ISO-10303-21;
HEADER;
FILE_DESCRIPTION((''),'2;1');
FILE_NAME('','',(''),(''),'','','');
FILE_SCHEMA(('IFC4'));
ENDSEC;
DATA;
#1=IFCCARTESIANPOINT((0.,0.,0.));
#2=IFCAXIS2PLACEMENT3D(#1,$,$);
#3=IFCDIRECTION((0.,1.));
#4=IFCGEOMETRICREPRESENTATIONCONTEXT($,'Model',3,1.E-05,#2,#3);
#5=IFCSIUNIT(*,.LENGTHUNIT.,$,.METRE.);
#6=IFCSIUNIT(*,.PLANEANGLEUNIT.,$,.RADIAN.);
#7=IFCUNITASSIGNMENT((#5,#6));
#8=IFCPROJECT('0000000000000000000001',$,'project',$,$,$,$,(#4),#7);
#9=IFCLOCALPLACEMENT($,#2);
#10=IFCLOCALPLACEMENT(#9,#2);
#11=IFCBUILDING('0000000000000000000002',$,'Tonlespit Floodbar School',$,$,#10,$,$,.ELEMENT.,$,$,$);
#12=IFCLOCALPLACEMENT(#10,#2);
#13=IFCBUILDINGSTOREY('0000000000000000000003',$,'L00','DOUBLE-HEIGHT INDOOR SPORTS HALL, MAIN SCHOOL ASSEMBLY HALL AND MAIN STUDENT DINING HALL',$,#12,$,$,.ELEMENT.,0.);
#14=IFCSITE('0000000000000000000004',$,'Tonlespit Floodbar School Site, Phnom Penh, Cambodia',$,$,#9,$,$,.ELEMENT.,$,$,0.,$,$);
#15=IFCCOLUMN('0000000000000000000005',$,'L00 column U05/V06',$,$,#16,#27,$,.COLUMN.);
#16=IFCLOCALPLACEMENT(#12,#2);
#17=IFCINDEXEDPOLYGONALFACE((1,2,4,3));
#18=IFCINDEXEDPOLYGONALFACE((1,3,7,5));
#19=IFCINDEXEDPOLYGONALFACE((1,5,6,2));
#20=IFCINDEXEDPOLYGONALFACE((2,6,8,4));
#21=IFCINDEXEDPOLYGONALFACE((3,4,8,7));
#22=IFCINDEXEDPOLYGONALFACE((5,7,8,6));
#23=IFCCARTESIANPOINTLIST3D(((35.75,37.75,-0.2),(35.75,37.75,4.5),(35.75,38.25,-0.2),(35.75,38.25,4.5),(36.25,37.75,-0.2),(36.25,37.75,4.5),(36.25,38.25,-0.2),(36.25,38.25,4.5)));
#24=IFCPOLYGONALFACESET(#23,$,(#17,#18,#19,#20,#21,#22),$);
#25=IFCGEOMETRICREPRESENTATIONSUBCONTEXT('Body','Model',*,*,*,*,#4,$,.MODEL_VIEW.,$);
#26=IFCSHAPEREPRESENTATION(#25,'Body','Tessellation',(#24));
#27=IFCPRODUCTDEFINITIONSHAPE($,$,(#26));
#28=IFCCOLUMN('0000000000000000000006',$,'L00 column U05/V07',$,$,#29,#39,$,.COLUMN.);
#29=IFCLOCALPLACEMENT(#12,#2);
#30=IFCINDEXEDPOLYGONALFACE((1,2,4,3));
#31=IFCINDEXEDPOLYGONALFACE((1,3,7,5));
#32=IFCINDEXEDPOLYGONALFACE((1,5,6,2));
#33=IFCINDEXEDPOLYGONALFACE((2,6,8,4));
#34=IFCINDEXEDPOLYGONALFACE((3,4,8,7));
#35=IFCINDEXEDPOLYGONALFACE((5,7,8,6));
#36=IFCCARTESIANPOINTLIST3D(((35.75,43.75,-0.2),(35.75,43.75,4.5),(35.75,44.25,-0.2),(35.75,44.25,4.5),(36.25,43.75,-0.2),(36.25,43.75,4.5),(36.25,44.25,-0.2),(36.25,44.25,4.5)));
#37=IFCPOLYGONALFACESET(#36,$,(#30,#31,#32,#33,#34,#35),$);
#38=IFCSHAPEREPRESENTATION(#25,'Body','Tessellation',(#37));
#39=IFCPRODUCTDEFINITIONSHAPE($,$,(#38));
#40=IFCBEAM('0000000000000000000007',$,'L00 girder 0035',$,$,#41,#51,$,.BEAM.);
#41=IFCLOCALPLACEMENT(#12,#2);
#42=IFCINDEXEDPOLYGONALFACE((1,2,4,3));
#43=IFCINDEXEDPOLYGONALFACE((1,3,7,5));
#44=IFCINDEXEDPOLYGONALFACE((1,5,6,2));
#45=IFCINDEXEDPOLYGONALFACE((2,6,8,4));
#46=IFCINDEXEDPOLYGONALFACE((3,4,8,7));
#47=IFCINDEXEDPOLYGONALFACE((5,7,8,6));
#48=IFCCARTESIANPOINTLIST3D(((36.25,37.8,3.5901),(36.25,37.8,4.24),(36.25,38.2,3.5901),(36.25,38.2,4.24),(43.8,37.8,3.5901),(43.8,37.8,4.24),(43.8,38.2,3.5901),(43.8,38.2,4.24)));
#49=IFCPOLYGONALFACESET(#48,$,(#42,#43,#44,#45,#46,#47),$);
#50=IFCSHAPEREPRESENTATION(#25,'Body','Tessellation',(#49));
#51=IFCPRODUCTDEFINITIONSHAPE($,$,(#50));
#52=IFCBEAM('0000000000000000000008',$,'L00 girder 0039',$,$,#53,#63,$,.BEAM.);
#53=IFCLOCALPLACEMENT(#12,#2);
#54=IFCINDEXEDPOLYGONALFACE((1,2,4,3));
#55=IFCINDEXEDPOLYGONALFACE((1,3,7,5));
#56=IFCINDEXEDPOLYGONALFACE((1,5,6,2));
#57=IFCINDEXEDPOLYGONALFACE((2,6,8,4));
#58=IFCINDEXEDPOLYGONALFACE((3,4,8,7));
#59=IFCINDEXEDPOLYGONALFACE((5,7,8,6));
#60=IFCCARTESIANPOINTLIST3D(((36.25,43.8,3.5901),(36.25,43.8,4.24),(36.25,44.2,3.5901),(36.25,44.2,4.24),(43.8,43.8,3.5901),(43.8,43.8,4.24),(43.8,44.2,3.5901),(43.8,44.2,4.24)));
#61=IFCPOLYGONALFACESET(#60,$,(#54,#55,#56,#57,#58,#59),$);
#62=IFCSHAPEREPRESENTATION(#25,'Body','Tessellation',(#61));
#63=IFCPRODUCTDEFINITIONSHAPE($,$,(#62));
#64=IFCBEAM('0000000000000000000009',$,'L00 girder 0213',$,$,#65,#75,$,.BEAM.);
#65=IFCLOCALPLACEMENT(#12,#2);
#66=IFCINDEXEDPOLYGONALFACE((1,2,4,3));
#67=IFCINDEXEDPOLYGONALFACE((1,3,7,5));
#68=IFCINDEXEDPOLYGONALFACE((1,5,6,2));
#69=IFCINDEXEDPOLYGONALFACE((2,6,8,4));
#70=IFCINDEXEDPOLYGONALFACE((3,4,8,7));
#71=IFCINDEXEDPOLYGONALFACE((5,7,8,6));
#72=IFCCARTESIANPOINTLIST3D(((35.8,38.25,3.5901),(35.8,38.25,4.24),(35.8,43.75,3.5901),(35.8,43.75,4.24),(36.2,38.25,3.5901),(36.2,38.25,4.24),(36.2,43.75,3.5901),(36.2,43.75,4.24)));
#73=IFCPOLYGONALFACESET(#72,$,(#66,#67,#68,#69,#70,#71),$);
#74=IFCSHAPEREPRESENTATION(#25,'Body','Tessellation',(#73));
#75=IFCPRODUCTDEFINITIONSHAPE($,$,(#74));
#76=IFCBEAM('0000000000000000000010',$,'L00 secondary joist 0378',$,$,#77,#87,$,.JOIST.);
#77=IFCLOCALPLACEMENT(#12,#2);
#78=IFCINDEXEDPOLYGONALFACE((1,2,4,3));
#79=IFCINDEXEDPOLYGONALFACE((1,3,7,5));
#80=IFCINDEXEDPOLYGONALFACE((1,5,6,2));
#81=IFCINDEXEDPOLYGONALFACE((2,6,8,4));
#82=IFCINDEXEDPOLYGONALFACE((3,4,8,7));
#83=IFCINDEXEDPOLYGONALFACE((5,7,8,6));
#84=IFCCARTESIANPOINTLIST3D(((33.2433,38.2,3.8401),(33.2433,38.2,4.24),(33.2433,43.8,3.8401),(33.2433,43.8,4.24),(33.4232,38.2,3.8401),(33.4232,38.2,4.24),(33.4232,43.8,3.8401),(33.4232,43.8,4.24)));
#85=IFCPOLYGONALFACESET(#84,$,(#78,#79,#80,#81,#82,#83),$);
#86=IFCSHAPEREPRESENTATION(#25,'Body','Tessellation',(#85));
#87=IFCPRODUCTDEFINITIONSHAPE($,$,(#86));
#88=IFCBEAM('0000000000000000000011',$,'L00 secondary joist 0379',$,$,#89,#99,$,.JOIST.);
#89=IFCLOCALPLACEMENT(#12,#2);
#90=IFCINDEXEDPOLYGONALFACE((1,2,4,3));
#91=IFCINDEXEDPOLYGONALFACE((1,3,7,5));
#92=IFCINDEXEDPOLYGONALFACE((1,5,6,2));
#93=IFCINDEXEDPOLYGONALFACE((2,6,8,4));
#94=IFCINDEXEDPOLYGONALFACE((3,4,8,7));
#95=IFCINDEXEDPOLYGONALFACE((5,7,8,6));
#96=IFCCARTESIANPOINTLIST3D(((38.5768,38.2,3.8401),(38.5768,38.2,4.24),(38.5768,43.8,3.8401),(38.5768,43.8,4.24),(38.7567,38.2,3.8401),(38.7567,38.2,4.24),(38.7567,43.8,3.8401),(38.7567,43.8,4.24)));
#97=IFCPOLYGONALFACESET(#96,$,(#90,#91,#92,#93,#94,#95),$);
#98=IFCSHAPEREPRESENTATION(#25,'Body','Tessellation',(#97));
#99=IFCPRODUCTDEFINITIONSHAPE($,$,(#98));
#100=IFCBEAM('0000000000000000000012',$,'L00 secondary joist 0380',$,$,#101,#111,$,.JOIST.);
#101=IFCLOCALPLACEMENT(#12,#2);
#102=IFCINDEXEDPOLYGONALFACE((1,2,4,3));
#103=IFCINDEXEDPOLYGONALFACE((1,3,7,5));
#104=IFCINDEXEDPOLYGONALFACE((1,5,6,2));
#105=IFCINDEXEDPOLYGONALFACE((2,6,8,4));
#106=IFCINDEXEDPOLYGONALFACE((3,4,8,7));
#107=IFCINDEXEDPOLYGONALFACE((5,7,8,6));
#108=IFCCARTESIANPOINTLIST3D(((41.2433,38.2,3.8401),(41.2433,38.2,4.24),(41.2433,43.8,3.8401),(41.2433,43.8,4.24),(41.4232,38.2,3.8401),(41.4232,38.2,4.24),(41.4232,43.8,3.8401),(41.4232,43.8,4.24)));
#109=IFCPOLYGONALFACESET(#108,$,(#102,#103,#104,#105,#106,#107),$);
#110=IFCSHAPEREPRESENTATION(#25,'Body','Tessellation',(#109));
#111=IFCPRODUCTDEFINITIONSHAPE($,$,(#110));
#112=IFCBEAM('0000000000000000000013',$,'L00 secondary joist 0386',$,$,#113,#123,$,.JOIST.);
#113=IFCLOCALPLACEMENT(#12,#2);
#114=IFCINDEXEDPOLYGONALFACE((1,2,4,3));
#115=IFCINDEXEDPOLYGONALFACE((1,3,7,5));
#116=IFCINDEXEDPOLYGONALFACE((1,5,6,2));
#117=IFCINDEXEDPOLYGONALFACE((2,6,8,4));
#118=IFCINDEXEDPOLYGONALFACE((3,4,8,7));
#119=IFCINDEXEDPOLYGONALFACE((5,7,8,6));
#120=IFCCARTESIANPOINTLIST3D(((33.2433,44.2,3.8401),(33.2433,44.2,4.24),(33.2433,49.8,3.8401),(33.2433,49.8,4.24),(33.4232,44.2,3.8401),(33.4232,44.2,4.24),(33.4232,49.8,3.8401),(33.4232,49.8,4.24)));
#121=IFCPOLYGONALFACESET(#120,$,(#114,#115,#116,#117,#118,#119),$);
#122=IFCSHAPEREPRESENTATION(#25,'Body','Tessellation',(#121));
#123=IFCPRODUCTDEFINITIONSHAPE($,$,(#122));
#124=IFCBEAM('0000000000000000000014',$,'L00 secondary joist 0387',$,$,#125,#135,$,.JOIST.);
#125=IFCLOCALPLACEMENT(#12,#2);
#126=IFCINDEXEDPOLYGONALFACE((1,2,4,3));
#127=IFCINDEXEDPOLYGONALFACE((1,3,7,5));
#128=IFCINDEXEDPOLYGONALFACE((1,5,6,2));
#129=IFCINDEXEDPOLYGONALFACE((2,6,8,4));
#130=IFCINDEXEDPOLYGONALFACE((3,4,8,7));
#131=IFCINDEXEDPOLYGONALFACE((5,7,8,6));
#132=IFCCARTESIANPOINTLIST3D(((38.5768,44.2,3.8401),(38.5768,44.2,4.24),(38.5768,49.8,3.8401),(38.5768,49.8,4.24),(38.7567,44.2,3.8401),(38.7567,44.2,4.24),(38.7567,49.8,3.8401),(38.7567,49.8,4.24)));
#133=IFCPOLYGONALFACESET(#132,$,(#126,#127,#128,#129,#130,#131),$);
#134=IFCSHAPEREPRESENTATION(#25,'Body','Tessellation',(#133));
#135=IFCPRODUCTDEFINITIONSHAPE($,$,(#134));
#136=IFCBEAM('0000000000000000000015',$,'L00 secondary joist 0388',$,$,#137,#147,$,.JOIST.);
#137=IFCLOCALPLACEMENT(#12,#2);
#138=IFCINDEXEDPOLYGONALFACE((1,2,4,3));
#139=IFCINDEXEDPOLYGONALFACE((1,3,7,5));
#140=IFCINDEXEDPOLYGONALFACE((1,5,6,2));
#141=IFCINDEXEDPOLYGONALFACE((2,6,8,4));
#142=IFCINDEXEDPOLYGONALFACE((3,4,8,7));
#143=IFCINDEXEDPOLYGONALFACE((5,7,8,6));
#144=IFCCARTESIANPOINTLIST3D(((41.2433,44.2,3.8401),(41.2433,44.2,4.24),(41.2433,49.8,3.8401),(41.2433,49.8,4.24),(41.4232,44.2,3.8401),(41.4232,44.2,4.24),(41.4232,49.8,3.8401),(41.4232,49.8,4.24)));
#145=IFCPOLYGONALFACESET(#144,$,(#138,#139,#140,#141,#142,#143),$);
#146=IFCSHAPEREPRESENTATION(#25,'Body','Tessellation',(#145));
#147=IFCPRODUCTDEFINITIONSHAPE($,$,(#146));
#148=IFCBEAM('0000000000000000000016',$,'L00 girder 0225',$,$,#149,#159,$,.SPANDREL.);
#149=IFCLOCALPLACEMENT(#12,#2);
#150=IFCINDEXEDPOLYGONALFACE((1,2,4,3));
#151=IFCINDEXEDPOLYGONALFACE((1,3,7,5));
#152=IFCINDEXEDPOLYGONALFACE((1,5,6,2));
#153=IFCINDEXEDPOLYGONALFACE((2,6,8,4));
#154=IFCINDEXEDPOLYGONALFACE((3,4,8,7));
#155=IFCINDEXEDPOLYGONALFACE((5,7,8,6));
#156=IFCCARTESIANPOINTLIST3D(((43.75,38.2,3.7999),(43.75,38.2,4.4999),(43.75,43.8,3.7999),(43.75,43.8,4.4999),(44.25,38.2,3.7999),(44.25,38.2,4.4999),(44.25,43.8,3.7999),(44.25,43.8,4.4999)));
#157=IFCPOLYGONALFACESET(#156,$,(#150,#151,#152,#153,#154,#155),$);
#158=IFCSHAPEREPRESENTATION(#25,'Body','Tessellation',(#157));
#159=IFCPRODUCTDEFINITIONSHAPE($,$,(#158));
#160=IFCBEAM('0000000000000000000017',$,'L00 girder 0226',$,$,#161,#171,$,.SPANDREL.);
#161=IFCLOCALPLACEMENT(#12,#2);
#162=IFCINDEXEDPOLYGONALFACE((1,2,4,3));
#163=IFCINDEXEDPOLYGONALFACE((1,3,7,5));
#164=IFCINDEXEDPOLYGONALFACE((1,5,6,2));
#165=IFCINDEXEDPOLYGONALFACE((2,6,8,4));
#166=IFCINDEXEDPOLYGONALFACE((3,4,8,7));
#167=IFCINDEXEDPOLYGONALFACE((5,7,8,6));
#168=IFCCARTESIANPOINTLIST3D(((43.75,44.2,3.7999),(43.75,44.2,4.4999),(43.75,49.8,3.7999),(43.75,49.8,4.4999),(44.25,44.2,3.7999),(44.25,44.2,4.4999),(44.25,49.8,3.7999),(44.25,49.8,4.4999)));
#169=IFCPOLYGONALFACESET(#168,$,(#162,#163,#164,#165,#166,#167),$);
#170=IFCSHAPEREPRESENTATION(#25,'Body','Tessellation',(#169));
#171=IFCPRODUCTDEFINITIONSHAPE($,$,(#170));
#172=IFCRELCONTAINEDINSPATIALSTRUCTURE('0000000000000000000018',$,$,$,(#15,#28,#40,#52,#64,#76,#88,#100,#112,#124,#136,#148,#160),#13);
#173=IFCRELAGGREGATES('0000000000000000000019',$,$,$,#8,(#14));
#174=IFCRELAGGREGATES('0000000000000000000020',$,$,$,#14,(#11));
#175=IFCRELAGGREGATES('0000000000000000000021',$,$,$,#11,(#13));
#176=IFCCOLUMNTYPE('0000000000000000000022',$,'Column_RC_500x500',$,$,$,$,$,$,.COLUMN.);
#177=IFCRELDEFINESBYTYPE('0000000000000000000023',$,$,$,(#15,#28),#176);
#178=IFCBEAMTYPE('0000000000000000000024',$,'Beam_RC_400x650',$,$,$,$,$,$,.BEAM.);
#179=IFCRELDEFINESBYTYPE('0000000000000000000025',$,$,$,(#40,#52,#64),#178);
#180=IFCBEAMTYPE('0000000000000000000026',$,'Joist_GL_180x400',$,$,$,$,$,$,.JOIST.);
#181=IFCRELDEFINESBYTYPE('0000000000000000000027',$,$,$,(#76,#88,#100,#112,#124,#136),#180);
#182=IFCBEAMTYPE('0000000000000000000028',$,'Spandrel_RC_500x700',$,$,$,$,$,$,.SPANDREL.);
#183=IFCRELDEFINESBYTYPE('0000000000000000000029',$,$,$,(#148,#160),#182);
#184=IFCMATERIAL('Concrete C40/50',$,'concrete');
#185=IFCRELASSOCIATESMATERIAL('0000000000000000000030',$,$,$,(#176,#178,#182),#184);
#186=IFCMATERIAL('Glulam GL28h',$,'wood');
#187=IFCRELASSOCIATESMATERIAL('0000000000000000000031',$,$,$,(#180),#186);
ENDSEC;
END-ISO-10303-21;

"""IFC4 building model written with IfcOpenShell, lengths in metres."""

from ifc_helpers import new_model, si_unit, direction, frame, origin, origin_2d, place, context, subcontext, project, spatial, rectangle, extrude, material, material_profile, profile_set, type_object, element, save


model = new_model("IFC4")

# Units and contexts
model_context = context("Model", 3, precision=1e-05, world=origin(), true_north=direction((0.0, 1.0)))
body_context = subcontext(model_context, "Body", "Model", "MODEL_VIEW")
ifc_project = project(units=[si_unit("LENGTHUNIT", "METRE"), si_unit("PLANEANGLEUNIT", "RADIAN")], contexts=[model_context])

# Site, building, storey
site_placement = place(None, origin())
site = spatial("IfcSite", under=ifc_project, at=site_placement, Name="Tonlespit Floodbar School Site, Phnom Penh, Cambodia", CompositionType="ELEMENT", RefElevation=0.0)
building_placement = place(site_placement, origin())
building = spatial("IfcBuilding", under=site, at=building_placement, Name="Tonlespit Floodbar School", CompositionType="ELEMENT")
storey_placement = place(building_placement, origin())
storey = spatial("IfcBuildingStorey", under=building, at=storey_placement, Name="L00", Description="DOUBLE-HEIGHT INDOOR SPORTS HALL, MAIN SCHOOL ASSEMBLY HALL AND MAIN STUDENT DINING HALL", CompositionType="ELEMENT", Elevation=0.0)

# Shared definitions
ifc_material_1 = material(Name="Concrete C40/50", Category="concrete")

# Columns
ifc_material_profile_1 = material_profile(ifc_material_1, rectangle(XDim=0.5, YDim=0.5, at=origin_2d()), Name="RC 500x500")
ifc_profile_set_1 = profile_set([ifc_material_profile_1], Name="Concrete C40/50")
column_type_1 = type_object("IfcColumnType", Name="Column_RC_500x500", PredefinedType="COLUMN", material=ifc_profile_set_1)
for number, where, z_axis, x_axis, name in (
    (1, (36.0, 38.0, -0.2), (0.0, 0.0, 1.0), (1.0, 0.0, 0.0), "L00 column U05/V06"),
    (2, (36.0, 44.0, -0.2), (0.0, 0.0, 1.0), (1.0, 0.0, 0.0), "L00 column U05/V07"),
):
    element("IfcColumn", number, at=place(storey_placement, frame(where, z_axis=z_axis, x_axis=x_axis)), inside=storey, type_object=column_type_1, Name=name, PredefinedType="COLUMN", context=body_context, shape_type="SweptSolid", body=[
        extrude(rectangle(XDim=0.5, YDim=0.5, at=origin_2d()), origin(), (0.0, 0.0, 1.0), 4.7),
    ])

# Beams
ifc_material_profile_2 = material_profile(ifc_material_1, rectangle(XDim=0.3999, YDim=0.6499, at=origin_2d()), Name="RC 400x650")
ifc_profile_set_2 = profile_set([ifc_material_profile_2], Name="Concrete C40/50")
beam_type_1 = type_object("IfcBeamType", Name="Beam_RC_400x650", PredefinedType="BEAM", material=ifc_profile_set_2)
for number, where, z_axis, x_axis, name in (
    (3, (36.25, 38.0, 3.915), (1.0, 0.0, 0.0), (0.0, 1.0, 0.0), "L00 girder 0035"),
    (4, (36.25, 44.0, 3.915), (1.0, 0.0, 0.0), (0.0, 1.0, 0.0), "L00 girder 0039"),
):
    element("IfcBeam", number, at=place(storey_placement, frame(where, z_axis=z_axis, x_axis=x_axis)), inside=storey, type_object=beam_type_1, Name=name, PredefinedType="BEAM", context=body_context, shape_type="SweptSolid", body=[
        extrude(rectangle(XDim=0.3999, YDim=0.6499, at=origin_2d()), origin(), (0.0, 0.0, 1.0), 7.55),
    ])
beam_placement = place(storey_placement, frame((36.0, 38.25, 3.915), z_axis=(0.0, 1.0, 0.0), x_axis=(-1.0, 0.0, 0.0)))
element("IfcBeam", 5, at=beam_placement, inside=storey, type_object=beam_type_1, Name="L00 girder 0213", PredefinedType="BEAM", context=body_context, shape_type="SweptSolid", body=[
    extrude(rectangle(XDim=0.3999, YDim=0.6499, at=origin_2d()), origin(), (0.0, 0.0, 1.0), 5.5),
])
ifc_material_2 = material(Name="Glulam GL28h", Category="wood")
ifc_material_profile_3 = material_profile(ifc_material_2, rectangle(XDim=0.1799, YDim=0.3999, at=origin_2d()), Name="GL 180x400")
ifc_profile_set_3 = profile_set([ifc_material_profile_3], Name="Glulam GL28h")
beam_type_2 = type_object("IfcBeamType", Name="Joist_GL_180x400", PredefinedType="JOIST", material=ifc_profile_set_3)
for number, where, z_axis, x_axis, name in (
    (6, (33.3333, 38.2, 4.04), (0.0, 1.0, 0.0), (-1.0, 0.0, 0.0), "L00 secondary joist 0378"),
    (7, (38.6667, 38.2, 4.04), (0.0, 1.0, 0.0), (-1.0, 0.0, 0.0), "L00 secondary joist 0379"),
    (8, (41.3333, 38.2, 4.04), (0.0, 1.0, 0.0), (-1.0, 0.0, 0.0), "L00 secondary joist 0380"),
    (9, (33.3333, 44.2, 4.04), (0.0, 1.0, 0.0), (-1.0, 0.0, 0.0), "L00 secondary joist 0386"),
    (10, (38.6667, 44.2, 4.04), (0.0, 1.0, 0.0), (-1.0, 0.0, 0.0), "L00 secondary joist 0387"),
    (11, (41.3333, 44.2, 4.04), (0.0, 1.0, 0.0), (-1.0, 0.0, 0.0), "L00 secondary joist 0388"),
):
    element("IfcBeam", number, at=place(storey_placement, frame(where, z_axis=z_axis, x_axis=x_axis)), inside=storey, type_object=beam_type_2, Name=name, PredefinedType="JOIST", context=body_context, shape_type="SweptSolid", body=[
        extrude(rectangle(XDim=0.1799, YDim=0.3999, at=origin_2d()), origin(), (0.0, 0.0, 1.0), 5.6001),
    ])
ifc_material_profile_4 = material_profile(ifc_material_1, rectangle(XDim=0.5, YDim=0.7, at=origin_2d()), Name="RC 500x700")
ifc_profile_set_4 = profile_set([ifc_material_profile_4], Name="Concrete C40/50")
beam_type_3 = type_object("IfcBeamType", Name="Spandrel_RC_500x700", PredefinedType="SPANDREL", material=ifc_profile_set_4)
for number, where, z_axis, x_axis, name in (
    (12, (44.0, 38.2, 4.1499), (0.0, 1.0, 0.0), (-1.0, 0.0, 0.0), "L00 girder 0225"),
    (13, (44.0, 44.2, 4.1499), (0.0, 1.0, 0.0), (-1.0, 0.0, 0.0), "L00 girder 0226"),
):
    element("IfcBeam", number, at=place(storey_placement, frame(where, z_axis=z_axis, x_axis=x_axis)), inside=storey, type_object=beam_type_3, Name=name, PredefinedType="SPANDREL", context=body_context, shape_type="SweptSolid", body=[
        extrude(rectangle(XDim=0.5, YDim=0.7, at=origin_2d()), origin(), (0.0, 0.0, 1.0), 5.6001),
    ])

save(model, "model.ifc")
